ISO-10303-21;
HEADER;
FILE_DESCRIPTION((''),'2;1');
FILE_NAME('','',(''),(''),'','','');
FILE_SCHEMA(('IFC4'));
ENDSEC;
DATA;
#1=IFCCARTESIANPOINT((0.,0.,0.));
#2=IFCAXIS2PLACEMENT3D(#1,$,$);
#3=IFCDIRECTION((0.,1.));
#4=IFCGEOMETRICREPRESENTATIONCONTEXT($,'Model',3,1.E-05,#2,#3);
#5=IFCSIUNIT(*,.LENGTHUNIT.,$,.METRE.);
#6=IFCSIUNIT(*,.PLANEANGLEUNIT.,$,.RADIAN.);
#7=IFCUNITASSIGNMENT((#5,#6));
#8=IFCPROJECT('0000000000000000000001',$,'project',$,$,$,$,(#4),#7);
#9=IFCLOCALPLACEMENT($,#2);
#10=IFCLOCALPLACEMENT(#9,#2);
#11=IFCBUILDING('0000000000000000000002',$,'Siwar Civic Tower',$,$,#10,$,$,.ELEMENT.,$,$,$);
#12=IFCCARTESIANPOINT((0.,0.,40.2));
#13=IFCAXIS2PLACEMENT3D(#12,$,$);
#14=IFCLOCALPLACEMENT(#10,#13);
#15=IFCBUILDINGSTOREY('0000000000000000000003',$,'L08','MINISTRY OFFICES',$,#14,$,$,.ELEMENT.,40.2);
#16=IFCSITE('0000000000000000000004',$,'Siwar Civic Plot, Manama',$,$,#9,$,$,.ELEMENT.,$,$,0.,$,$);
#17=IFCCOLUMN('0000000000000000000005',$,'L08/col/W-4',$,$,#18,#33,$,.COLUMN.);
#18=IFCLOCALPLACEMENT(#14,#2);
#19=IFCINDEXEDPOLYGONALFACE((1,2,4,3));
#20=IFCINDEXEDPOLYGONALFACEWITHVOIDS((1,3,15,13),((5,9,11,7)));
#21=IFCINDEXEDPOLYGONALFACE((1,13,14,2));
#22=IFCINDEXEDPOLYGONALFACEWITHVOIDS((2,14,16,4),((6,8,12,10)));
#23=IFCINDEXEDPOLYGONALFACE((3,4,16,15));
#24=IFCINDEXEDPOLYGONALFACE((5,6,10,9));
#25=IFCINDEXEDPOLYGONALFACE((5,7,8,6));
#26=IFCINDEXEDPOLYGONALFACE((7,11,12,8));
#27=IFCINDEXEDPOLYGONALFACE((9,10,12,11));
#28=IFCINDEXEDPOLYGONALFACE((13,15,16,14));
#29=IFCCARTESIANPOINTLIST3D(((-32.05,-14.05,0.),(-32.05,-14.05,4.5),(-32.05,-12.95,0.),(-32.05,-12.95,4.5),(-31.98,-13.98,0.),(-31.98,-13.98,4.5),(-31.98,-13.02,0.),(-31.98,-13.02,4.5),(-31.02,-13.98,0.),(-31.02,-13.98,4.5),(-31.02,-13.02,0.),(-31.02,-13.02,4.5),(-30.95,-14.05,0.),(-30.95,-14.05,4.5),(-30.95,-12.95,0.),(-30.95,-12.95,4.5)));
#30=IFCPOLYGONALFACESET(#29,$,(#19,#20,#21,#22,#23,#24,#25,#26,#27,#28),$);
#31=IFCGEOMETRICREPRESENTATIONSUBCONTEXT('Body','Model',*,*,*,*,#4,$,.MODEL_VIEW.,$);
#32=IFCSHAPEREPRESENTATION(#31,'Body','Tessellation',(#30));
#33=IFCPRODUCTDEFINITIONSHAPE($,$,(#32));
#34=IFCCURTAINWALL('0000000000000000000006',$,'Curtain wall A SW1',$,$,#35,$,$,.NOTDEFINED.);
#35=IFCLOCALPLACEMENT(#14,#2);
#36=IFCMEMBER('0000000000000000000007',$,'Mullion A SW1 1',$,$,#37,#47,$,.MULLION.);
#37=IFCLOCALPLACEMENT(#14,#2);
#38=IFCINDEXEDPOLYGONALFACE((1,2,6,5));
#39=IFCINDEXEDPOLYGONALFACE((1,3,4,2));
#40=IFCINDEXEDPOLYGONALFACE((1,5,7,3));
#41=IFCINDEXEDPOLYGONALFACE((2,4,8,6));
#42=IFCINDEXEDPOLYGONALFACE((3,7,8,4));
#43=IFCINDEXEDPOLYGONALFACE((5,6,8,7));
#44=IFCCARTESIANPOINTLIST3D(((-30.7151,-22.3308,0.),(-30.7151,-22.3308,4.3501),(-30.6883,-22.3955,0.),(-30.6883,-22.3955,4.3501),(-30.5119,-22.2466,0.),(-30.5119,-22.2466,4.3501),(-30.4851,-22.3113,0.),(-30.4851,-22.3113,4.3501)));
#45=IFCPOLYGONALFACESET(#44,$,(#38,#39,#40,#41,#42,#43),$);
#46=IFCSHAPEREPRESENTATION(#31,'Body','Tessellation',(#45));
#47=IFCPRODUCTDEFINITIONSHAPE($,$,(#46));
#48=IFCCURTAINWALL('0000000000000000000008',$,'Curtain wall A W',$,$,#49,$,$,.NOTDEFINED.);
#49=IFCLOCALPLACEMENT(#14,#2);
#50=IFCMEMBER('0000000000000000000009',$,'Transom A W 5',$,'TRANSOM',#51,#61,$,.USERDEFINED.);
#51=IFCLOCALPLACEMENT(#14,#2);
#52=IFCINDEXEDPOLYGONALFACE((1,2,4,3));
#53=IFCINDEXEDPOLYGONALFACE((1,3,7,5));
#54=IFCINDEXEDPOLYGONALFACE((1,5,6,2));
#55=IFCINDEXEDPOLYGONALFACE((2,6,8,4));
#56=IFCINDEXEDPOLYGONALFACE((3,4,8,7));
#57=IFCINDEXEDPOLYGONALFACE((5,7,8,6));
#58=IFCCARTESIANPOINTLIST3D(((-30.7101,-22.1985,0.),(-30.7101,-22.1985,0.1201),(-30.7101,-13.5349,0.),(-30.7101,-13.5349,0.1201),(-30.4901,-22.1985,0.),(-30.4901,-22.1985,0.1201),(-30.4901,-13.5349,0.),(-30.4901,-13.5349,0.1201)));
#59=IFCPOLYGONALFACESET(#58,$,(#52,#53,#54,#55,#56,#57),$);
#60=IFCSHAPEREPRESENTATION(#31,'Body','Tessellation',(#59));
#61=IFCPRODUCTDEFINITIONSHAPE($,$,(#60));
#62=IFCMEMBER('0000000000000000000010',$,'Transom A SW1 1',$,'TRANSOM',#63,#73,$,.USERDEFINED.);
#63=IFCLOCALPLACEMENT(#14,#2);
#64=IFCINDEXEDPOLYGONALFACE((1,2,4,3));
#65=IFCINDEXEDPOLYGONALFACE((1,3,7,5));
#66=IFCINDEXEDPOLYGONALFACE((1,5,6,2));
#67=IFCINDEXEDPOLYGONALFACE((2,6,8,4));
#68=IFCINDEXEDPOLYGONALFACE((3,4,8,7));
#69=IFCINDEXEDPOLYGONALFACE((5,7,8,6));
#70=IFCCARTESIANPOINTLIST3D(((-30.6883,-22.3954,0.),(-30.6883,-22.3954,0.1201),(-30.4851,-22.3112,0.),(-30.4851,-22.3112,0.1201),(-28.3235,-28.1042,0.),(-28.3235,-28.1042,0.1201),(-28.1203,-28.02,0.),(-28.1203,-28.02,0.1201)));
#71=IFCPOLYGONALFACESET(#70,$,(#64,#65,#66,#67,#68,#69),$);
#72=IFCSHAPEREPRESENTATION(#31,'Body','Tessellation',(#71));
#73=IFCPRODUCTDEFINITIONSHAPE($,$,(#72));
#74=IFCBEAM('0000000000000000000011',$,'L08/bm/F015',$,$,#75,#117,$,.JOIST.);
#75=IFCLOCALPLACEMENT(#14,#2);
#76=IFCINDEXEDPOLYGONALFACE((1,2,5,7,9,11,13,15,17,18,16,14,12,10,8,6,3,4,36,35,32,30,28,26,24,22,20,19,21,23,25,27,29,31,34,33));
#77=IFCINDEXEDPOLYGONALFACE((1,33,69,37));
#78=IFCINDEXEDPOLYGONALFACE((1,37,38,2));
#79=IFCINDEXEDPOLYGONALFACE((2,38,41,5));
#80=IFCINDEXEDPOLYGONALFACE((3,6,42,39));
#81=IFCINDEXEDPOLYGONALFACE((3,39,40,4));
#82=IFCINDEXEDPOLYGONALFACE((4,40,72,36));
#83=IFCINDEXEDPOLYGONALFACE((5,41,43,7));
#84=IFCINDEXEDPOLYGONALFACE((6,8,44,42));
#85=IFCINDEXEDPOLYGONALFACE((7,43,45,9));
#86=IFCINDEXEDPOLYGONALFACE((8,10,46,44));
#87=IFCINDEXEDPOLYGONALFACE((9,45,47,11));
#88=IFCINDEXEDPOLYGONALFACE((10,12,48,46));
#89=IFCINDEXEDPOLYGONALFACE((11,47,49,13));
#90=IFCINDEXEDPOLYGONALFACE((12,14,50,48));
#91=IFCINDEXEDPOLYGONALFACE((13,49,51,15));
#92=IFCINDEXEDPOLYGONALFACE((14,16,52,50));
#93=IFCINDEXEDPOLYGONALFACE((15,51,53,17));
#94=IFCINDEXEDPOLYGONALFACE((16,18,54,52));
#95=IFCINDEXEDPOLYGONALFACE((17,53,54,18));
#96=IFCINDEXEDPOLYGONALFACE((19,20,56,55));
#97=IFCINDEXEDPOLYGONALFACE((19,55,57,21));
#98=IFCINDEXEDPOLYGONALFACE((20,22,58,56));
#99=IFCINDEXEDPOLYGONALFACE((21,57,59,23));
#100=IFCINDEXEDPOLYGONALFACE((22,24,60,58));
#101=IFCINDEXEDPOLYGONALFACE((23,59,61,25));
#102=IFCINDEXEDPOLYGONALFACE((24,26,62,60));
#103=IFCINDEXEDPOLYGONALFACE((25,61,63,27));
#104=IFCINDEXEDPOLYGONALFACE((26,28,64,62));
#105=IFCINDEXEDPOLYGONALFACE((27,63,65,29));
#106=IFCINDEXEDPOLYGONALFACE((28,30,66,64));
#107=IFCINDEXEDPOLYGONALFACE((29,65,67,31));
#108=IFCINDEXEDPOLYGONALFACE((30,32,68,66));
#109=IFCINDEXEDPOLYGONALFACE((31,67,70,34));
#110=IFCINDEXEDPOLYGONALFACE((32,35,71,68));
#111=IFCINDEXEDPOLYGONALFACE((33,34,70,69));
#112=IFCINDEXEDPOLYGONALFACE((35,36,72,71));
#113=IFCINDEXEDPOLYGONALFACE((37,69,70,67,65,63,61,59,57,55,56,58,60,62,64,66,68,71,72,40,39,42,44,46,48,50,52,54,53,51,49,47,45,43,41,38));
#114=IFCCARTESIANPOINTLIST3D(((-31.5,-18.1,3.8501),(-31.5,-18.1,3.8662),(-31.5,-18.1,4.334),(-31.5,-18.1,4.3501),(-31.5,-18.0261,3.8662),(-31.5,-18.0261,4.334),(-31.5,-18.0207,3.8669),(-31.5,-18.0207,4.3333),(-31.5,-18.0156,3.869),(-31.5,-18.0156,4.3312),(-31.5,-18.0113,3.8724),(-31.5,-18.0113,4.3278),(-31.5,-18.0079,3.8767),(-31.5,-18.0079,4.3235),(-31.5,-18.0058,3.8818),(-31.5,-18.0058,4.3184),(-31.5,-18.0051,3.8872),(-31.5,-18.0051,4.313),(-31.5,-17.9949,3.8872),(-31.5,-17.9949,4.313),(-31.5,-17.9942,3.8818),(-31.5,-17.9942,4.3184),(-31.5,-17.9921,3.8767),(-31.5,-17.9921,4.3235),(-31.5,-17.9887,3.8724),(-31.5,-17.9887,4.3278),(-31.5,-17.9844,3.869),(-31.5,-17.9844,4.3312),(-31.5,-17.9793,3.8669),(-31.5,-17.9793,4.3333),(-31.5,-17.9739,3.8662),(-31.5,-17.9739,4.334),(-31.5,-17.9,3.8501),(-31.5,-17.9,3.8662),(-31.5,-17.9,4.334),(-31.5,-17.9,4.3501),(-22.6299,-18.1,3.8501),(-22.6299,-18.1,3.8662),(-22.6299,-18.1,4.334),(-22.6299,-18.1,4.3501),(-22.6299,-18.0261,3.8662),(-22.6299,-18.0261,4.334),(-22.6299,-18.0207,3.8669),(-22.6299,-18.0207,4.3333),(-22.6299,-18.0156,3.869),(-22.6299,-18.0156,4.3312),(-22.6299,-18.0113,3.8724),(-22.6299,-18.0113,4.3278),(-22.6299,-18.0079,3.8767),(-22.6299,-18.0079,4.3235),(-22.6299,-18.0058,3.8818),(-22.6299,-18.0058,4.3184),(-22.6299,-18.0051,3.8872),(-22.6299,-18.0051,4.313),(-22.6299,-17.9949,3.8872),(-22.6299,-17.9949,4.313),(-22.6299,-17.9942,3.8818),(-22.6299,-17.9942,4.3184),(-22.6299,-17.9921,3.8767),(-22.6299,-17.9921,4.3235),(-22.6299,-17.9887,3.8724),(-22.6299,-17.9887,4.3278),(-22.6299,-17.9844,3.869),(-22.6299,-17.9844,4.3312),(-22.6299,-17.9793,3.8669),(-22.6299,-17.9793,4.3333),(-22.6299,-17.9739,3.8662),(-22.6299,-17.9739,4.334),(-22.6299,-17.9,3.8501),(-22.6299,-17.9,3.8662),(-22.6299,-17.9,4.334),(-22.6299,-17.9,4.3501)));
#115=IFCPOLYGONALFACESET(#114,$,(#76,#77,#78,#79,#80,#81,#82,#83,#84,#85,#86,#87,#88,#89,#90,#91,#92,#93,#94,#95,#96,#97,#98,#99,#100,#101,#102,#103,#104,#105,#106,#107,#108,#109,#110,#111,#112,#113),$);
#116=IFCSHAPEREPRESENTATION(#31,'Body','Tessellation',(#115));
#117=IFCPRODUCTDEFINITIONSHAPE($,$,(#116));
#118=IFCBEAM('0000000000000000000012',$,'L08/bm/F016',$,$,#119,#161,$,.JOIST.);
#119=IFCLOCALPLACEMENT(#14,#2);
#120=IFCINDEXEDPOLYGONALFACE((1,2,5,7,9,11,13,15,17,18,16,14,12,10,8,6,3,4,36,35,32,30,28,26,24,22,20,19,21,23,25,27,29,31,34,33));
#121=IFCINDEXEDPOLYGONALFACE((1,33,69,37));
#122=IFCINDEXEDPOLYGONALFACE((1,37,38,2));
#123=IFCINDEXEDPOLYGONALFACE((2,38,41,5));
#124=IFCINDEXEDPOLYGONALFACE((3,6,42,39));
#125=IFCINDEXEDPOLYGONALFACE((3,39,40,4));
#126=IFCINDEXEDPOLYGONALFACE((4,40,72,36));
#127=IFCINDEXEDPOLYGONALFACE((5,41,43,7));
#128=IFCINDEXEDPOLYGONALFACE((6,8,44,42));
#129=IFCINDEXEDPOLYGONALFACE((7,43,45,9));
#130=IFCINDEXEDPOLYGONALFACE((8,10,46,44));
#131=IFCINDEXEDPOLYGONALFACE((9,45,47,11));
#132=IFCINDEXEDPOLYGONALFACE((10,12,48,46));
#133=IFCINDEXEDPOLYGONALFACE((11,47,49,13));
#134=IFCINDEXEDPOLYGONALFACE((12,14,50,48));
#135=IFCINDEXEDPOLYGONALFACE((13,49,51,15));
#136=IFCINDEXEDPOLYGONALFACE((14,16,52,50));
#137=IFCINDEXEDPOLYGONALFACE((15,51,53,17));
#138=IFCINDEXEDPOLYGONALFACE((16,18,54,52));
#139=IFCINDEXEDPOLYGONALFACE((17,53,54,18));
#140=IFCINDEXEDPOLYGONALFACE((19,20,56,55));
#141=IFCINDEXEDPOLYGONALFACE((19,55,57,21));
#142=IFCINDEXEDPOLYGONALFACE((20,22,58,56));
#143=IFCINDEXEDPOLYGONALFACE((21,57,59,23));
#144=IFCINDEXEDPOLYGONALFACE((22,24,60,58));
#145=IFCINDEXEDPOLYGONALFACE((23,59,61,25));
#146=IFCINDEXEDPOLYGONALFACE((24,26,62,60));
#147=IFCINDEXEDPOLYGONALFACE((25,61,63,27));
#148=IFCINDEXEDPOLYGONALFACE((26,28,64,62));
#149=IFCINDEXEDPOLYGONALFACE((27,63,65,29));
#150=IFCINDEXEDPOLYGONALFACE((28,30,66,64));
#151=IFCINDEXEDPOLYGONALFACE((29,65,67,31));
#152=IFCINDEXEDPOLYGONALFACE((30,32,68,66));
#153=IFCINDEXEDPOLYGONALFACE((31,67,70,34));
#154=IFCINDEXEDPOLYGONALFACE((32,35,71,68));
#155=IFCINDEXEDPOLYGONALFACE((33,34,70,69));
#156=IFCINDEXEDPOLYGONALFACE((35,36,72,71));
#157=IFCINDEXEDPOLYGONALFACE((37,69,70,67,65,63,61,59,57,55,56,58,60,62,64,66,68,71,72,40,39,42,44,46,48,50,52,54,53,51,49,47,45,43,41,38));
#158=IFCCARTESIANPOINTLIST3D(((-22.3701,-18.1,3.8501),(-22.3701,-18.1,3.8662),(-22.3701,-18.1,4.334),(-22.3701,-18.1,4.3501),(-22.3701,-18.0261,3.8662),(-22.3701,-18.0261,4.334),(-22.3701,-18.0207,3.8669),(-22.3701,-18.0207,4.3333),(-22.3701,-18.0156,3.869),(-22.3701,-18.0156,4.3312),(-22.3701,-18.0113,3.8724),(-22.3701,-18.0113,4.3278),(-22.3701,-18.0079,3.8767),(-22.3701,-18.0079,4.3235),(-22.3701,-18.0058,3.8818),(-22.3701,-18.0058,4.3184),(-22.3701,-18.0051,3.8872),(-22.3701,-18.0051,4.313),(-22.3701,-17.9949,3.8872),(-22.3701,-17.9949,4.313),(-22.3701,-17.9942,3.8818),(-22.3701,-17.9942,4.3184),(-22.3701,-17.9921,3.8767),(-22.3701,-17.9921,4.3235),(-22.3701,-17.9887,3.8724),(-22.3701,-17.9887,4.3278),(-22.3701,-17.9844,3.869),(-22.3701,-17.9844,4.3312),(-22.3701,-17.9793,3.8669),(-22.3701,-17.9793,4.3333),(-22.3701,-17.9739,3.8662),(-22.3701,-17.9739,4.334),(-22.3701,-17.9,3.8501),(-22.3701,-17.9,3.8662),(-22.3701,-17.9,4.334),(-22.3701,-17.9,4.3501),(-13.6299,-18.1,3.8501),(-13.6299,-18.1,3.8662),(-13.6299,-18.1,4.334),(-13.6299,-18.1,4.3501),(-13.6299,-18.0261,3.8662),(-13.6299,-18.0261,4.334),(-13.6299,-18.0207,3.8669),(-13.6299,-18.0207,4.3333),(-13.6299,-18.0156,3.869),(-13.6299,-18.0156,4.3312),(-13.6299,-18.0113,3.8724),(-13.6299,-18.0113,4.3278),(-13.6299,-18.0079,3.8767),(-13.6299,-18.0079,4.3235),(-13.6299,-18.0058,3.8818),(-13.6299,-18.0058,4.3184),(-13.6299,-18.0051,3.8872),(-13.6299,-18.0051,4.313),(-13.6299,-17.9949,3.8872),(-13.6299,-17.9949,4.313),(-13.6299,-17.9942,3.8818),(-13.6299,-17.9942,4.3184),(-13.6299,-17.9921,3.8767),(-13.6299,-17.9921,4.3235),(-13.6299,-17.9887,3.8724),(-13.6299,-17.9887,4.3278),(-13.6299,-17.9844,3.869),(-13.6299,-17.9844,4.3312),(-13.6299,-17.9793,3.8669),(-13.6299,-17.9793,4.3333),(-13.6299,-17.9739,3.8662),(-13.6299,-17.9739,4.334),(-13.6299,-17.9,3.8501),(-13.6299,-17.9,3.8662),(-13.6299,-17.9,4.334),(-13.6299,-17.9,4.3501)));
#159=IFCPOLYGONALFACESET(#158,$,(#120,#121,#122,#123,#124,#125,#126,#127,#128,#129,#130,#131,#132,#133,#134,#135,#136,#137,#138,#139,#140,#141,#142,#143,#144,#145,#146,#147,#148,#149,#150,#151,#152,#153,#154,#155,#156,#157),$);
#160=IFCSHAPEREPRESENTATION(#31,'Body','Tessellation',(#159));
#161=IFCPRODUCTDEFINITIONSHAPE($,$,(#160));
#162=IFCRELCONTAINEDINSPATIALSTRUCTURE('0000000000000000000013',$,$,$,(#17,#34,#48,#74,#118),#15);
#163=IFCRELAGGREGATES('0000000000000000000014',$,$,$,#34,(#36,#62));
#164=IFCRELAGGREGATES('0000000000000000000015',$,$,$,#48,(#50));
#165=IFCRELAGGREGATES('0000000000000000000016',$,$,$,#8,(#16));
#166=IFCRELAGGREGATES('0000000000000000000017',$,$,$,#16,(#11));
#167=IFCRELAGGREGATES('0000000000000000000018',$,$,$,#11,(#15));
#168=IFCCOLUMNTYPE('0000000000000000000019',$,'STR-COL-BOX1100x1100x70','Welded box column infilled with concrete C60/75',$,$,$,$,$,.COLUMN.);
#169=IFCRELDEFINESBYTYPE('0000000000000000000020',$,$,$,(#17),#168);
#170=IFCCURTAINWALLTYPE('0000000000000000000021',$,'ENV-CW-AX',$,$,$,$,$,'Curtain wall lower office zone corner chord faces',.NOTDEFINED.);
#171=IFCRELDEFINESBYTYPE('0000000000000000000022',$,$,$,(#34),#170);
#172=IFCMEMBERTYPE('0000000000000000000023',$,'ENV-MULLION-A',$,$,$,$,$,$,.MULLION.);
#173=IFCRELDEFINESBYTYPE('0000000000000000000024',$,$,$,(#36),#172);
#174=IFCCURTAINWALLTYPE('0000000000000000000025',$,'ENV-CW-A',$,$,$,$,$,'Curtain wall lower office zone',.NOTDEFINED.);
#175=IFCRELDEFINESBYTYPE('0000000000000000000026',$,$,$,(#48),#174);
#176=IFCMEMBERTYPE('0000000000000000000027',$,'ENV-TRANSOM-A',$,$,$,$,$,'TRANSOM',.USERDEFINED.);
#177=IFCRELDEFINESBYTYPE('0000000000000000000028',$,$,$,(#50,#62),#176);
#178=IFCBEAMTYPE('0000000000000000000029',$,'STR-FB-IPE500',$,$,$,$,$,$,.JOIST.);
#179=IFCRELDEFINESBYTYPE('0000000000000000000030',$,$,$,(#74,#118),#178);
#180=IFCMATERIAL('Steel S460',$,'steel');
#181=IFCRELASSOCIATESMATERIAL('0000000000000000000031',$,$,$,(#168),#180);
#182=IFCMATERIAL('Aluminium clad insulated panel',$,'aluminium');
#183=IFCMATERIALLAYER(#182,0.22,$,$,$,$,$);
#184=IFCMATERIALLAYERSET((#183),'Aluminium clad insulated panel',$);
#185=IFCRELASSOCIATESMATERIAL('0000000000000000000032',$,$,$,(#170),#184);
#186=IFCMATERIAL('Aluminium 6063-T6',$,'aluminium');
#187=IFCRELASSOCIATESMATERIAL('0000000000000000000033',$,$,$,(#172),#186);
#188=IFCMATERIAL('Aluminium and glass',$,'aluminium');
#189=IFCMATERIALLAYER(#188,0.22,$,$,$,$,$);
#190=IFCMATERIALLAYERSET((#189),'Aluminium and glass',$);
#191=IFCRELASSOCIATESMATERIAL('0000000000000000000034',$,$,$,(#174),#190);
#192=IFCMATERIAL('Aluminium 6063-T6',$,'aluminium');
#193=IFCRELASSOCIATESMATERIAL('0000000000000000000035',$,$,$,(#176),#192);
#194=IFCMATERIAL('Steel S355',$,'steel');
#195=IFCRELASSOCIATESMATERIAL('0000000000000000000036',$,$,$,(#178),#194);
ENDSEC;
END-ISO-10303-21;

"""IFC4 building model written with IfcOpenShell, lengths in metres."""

from ifc_helpers import new_model, si_unit, direction, frame, origin, origin_2d, place, context, subcontext, project, spatial, rectangle, hollow_rectangle, i_section, extrude, material, layer, layer_set, material_profile, profile_set, type_object, element, aggregate, save


model = new_model("IFC4")

# Units and contexts
model_context = context("Model", 3, precision=1e-05, world=origin(), true_north=direction((0.0, 1.0)))
body_context = subcontext(model_context, "Body", "Model", "MODEL_VIEW")
ifc_project = project(units=[si_unit("LENGTHUNIT", "METRE"), si_unit("PLANEANGLEUNIT", "RADIAN")], contexts=[model_context])

# Site, building, storey
site_placement = place(None, origin())
site = spatial("IfcSite", under=ifc_project, at=site_placement, Name="Siwar Civic Plot, Manama", CompositionType="ELEMENT", RefElevation=0.0)
building_placement = place(site_placement, origin())
building = spatial("IfcBuilding", under=site, at=building_placement, Name="Siwar Civic Tower", CompositionType="ELEMENT")
storey_placement = place(building_placement, frame((0.0, 0.0, 40.2)))
storey = spatial("IfcBuildingStorey", under=building, at=storey_placement, Name="L08", Description="MINISTRY OFFICES", CompositionType="ELEMENT", Elevation=40.2)

# Column
ifc_material_1 = material(Name="Steel S460", Category="steel")
ifc_material_profile_1 = material_profile(ifc_material_1, hollow_rectangle(XDim=1.1001, YDim=1.1001, WallThickness=0.0701, at=origin_2d()), Name="BOX1100x1100x70")
ifc_profile_set_1 = profile_set([ifc_material_profile_1], Name="Steel S460")
column_type = type_object("IfcColumnType", Name="STR-COL-BOX1100x1100x70", Description="Welded box column infilled with concrete C60/75", PredefinedType="COLUMN", material=ifc_profile_set_1)
column_placement = place(storey_placement, frame((-31.5, -13.5, 0.0), z_axis=(0.0, 0.0, 1.0), x_axis=(1.0, 0.0, 0.0)))
element("IfcColumn", 1, at=column_placement, inside=storey, type_object=column_type, Name="L08/col/W-4", PredefinedType="COLUMN", context=body_context, shape_type="SweptSolid", body=[
    extrude(hollow_rectangle(XDim=1.1001, YDim=1.1001, WallThickness=0.0701, at=origin_2d()), origin(), (0.0, 0.0, 1.0), 4.5),
])

# Curtain walls, members
ifc_material_2 = material(Name="Aluminium clad insulated panel", Category="aluminium")
ifc_layer_1 = layer(ifc_material_2, 0.22)
ifc_layer_set_1 = layer_set([ifc_layer_1], Name="Aluminium clad insulated panel")
curtain_wall_type_1 = type_object("IfcCurtainWallType", Name="ENV-CW-AX", ElementType="Curtain wall lower office zone corner chord faces", PredefinedType="NOTDEFINED", material=ifc_layer_set_1)
curtain_wall_1_placement = place(storey_placement, origin())
curtain_wall_1 = element("IfcCurtainWall", 2, at=curtain_wall_1_placement, inside=storey, type_object=curtain_wall_type_1, Name="Curtain wall A SW1", PredefinedType="NOTDEFINED")
ifc_material_3 = material(Name="Aluminium 6063-T6", Category="aluminium")
ifc_material_profile_2 = material_profile(ifc_material_3, rectangle(XDim=0.22, YDim=0.0701, at=origin_2d()), Name="AL 220x70")
ifc_profile_set_2 = profile_set([ifc_material_profile_2], Name="Aluminium 6063-T6")
member_type_1 = type_object("IfcMemberType", Name="ENV-MULLION-A", PredefinedType="MULLION", material=ifc_profile_set_2)
member_1_placement = place(storey_placement, frame((-30.6001, -22.321, 0.0), z_axis=(0.0, 0.0, 1.0), x_axis=(0.92388, 0.382683, 0.0)))
member_1 = element("IfcMember", 3, at=member_1_placement, type_object=member_type_1, Name="Mullion A SW1 1", PredefinedType="MULLION", context=body_context, shape_type="SweptSolid", body=[
    extrude(rectangle(XDim=0.22, YDim=0.0701, at=origin_2d()), origin(), (0.0, 0.0, 1.0), 4.3501),
])
ifc_material_4 = material(Name="Aluminium and glass", Category="aluminium")
ifc_layer_2 = layer(ifc_material_4, 0.22)
ifc_layer_set_2 = layer_set([ifc_layer_2], Name="Aluminium and glass")
curtain_wall_type_2 = type_object("IfcCurtainWallType", Name="ENV-CW-A", ElementType="Curtain wall lower office zone", PredefinedType="NOTDEFINED", material=ifc_layer_set_2)
curtain_wall_2_placement = place(storey_placement, origin())
curtain_wall_2 = element("IfcCurtainWall", 4, at=curtain_wall_2_placement, inside=storey, type_object=curtain_wall_type_2, Name="Curtain wall A W", PredefinedType="NOTDEFINED")
ifc_material_5 = material(Name="Aluminium 6063-T6", Category="aluminium")
ifc_material_profile_3 = material_profile(ifc_material_5, rectangle(XDim=0.22, YDim=0.1201, at=origin_2d()), Name="AL 220x120")
ifc_profile_set_3 = profile_set([ifc_material_profile_3], Name="Aluminium 6063-T6")
member_type_2 = type_object("IfcMemberType", Name="ENV-TRANSOM-A", ElementType="TRANSOM", PredefinedType="USERDEFINED", material=ifc_profile_set_3)
member_2_placement = place(storey_placement, frame((-30.6001, -13.5349, 0.0601), z_axis=(0.0, -1.0, 0.0), x_axis=(1.0, 0.0, 0.0)))
member_2 = element("IfcMember", 5, at=member_2_placement, type_object=member_type_2, Name="Transom A W 5", ObjectType="TRANSOM", PredefinedType="USERDEFINED", context=body_context, shape_type="SweptSolid", body=[
    extrude(rectangle(XDim=0.22, YDim=0.1201, at=origin_2d()), origin(), (0.0, 0.0, 1.0), 8.6636),
])

# Member
member_3_placement = place(storey_placement, frame((-30.5867, -22.3533, 0.0601), z_axis=(0.382698, -0.923873, 0.0), x_axis=(0.923873, 0.382698, 0.0)))
member_3 = element("IfcMember", 6, at=member_3_placement, type_object=member_type_2, Name="Transom A SW1 1", ObjectType="TRANSOM", PredefinedType="USERDEFINED", context=body_context, shape_type="SweptSolid", body=[
    extrude(rectangle(XDim=0.22, YDim=0.1201, at=origin_2d()), origin(), (0.0, 0.0, 1.0), 6.1792),
])
aggregate(curtain_wall_1, [member_1, member_3])

# Beams
ifc_material_6 = material(Name="Steel S355", Category="steel")
ifc_material_profile_4 = material_profile(ifc_material_6, i_section(OverallWidth=0.2, OverallDepth=0.5, WebThickness=0.0103, FlangeThickness=0.0161, FilletRadius=0.021, at=origin_2d()), Name="IPE500")
ifc_profile_set_4 = profile_set([ifc_material_profile_4], Name="Steel S355")
beam_type_1 = type_object("IfcBeamType", Name="STR-FB-IPE500", PredefinedType="JOIST", material=ifc_profile_set_4)
beam_1_placement = place(storey_placement, frame((-31.5, -18.0, 4.1001), z_axis=(1.0, 0.0, 0.0), x_axis=(0.0, 1.0, 0.0)))
element("IfcBeam", 7, at=beam_1_placement, inside=storey, type_object=beam_type_1, Name="L08/bm/F015", PredefinedType="JOIST", context=body_context, shape_type="SweptSolid", body=[
    extrude(i_section(OverallWidth=0.2, OverallDepth=0.5, WebThickness=0.0103, FlangeThickness=0.0161, FilletRadius=0.021, at=origin_2d()), origin(), (0.0, 0.0, 1.0), 8.8701),
])
beam_2_placement = place(storey_placement, frame((-22.3701, -18.0, 4.1001), z_axis=(1.0, 0.0, 0.0), x_axis=(0.0, 1.0, 0.0)))
element("IfcBeam", 8, at=beam_2_placement, inside=storey, type_object=beam_type_1, Name="L08/bm/F016", PredefinedType="JOIST", context=body_context, shape_type="SweptSolid", body=[
    extrude(i_section(OverallWidth=0.2, OverallDepth=0.5, WebThickness=0.0103, FlangeThickness=0.0161, FilletRadius=0.021, at=origin_2d()), origin(), (0.0, 0.0, 1.0), 8.7402),
])

aggregate(curtain_wall_2, [member_2])

save(model, "model.ifc")
